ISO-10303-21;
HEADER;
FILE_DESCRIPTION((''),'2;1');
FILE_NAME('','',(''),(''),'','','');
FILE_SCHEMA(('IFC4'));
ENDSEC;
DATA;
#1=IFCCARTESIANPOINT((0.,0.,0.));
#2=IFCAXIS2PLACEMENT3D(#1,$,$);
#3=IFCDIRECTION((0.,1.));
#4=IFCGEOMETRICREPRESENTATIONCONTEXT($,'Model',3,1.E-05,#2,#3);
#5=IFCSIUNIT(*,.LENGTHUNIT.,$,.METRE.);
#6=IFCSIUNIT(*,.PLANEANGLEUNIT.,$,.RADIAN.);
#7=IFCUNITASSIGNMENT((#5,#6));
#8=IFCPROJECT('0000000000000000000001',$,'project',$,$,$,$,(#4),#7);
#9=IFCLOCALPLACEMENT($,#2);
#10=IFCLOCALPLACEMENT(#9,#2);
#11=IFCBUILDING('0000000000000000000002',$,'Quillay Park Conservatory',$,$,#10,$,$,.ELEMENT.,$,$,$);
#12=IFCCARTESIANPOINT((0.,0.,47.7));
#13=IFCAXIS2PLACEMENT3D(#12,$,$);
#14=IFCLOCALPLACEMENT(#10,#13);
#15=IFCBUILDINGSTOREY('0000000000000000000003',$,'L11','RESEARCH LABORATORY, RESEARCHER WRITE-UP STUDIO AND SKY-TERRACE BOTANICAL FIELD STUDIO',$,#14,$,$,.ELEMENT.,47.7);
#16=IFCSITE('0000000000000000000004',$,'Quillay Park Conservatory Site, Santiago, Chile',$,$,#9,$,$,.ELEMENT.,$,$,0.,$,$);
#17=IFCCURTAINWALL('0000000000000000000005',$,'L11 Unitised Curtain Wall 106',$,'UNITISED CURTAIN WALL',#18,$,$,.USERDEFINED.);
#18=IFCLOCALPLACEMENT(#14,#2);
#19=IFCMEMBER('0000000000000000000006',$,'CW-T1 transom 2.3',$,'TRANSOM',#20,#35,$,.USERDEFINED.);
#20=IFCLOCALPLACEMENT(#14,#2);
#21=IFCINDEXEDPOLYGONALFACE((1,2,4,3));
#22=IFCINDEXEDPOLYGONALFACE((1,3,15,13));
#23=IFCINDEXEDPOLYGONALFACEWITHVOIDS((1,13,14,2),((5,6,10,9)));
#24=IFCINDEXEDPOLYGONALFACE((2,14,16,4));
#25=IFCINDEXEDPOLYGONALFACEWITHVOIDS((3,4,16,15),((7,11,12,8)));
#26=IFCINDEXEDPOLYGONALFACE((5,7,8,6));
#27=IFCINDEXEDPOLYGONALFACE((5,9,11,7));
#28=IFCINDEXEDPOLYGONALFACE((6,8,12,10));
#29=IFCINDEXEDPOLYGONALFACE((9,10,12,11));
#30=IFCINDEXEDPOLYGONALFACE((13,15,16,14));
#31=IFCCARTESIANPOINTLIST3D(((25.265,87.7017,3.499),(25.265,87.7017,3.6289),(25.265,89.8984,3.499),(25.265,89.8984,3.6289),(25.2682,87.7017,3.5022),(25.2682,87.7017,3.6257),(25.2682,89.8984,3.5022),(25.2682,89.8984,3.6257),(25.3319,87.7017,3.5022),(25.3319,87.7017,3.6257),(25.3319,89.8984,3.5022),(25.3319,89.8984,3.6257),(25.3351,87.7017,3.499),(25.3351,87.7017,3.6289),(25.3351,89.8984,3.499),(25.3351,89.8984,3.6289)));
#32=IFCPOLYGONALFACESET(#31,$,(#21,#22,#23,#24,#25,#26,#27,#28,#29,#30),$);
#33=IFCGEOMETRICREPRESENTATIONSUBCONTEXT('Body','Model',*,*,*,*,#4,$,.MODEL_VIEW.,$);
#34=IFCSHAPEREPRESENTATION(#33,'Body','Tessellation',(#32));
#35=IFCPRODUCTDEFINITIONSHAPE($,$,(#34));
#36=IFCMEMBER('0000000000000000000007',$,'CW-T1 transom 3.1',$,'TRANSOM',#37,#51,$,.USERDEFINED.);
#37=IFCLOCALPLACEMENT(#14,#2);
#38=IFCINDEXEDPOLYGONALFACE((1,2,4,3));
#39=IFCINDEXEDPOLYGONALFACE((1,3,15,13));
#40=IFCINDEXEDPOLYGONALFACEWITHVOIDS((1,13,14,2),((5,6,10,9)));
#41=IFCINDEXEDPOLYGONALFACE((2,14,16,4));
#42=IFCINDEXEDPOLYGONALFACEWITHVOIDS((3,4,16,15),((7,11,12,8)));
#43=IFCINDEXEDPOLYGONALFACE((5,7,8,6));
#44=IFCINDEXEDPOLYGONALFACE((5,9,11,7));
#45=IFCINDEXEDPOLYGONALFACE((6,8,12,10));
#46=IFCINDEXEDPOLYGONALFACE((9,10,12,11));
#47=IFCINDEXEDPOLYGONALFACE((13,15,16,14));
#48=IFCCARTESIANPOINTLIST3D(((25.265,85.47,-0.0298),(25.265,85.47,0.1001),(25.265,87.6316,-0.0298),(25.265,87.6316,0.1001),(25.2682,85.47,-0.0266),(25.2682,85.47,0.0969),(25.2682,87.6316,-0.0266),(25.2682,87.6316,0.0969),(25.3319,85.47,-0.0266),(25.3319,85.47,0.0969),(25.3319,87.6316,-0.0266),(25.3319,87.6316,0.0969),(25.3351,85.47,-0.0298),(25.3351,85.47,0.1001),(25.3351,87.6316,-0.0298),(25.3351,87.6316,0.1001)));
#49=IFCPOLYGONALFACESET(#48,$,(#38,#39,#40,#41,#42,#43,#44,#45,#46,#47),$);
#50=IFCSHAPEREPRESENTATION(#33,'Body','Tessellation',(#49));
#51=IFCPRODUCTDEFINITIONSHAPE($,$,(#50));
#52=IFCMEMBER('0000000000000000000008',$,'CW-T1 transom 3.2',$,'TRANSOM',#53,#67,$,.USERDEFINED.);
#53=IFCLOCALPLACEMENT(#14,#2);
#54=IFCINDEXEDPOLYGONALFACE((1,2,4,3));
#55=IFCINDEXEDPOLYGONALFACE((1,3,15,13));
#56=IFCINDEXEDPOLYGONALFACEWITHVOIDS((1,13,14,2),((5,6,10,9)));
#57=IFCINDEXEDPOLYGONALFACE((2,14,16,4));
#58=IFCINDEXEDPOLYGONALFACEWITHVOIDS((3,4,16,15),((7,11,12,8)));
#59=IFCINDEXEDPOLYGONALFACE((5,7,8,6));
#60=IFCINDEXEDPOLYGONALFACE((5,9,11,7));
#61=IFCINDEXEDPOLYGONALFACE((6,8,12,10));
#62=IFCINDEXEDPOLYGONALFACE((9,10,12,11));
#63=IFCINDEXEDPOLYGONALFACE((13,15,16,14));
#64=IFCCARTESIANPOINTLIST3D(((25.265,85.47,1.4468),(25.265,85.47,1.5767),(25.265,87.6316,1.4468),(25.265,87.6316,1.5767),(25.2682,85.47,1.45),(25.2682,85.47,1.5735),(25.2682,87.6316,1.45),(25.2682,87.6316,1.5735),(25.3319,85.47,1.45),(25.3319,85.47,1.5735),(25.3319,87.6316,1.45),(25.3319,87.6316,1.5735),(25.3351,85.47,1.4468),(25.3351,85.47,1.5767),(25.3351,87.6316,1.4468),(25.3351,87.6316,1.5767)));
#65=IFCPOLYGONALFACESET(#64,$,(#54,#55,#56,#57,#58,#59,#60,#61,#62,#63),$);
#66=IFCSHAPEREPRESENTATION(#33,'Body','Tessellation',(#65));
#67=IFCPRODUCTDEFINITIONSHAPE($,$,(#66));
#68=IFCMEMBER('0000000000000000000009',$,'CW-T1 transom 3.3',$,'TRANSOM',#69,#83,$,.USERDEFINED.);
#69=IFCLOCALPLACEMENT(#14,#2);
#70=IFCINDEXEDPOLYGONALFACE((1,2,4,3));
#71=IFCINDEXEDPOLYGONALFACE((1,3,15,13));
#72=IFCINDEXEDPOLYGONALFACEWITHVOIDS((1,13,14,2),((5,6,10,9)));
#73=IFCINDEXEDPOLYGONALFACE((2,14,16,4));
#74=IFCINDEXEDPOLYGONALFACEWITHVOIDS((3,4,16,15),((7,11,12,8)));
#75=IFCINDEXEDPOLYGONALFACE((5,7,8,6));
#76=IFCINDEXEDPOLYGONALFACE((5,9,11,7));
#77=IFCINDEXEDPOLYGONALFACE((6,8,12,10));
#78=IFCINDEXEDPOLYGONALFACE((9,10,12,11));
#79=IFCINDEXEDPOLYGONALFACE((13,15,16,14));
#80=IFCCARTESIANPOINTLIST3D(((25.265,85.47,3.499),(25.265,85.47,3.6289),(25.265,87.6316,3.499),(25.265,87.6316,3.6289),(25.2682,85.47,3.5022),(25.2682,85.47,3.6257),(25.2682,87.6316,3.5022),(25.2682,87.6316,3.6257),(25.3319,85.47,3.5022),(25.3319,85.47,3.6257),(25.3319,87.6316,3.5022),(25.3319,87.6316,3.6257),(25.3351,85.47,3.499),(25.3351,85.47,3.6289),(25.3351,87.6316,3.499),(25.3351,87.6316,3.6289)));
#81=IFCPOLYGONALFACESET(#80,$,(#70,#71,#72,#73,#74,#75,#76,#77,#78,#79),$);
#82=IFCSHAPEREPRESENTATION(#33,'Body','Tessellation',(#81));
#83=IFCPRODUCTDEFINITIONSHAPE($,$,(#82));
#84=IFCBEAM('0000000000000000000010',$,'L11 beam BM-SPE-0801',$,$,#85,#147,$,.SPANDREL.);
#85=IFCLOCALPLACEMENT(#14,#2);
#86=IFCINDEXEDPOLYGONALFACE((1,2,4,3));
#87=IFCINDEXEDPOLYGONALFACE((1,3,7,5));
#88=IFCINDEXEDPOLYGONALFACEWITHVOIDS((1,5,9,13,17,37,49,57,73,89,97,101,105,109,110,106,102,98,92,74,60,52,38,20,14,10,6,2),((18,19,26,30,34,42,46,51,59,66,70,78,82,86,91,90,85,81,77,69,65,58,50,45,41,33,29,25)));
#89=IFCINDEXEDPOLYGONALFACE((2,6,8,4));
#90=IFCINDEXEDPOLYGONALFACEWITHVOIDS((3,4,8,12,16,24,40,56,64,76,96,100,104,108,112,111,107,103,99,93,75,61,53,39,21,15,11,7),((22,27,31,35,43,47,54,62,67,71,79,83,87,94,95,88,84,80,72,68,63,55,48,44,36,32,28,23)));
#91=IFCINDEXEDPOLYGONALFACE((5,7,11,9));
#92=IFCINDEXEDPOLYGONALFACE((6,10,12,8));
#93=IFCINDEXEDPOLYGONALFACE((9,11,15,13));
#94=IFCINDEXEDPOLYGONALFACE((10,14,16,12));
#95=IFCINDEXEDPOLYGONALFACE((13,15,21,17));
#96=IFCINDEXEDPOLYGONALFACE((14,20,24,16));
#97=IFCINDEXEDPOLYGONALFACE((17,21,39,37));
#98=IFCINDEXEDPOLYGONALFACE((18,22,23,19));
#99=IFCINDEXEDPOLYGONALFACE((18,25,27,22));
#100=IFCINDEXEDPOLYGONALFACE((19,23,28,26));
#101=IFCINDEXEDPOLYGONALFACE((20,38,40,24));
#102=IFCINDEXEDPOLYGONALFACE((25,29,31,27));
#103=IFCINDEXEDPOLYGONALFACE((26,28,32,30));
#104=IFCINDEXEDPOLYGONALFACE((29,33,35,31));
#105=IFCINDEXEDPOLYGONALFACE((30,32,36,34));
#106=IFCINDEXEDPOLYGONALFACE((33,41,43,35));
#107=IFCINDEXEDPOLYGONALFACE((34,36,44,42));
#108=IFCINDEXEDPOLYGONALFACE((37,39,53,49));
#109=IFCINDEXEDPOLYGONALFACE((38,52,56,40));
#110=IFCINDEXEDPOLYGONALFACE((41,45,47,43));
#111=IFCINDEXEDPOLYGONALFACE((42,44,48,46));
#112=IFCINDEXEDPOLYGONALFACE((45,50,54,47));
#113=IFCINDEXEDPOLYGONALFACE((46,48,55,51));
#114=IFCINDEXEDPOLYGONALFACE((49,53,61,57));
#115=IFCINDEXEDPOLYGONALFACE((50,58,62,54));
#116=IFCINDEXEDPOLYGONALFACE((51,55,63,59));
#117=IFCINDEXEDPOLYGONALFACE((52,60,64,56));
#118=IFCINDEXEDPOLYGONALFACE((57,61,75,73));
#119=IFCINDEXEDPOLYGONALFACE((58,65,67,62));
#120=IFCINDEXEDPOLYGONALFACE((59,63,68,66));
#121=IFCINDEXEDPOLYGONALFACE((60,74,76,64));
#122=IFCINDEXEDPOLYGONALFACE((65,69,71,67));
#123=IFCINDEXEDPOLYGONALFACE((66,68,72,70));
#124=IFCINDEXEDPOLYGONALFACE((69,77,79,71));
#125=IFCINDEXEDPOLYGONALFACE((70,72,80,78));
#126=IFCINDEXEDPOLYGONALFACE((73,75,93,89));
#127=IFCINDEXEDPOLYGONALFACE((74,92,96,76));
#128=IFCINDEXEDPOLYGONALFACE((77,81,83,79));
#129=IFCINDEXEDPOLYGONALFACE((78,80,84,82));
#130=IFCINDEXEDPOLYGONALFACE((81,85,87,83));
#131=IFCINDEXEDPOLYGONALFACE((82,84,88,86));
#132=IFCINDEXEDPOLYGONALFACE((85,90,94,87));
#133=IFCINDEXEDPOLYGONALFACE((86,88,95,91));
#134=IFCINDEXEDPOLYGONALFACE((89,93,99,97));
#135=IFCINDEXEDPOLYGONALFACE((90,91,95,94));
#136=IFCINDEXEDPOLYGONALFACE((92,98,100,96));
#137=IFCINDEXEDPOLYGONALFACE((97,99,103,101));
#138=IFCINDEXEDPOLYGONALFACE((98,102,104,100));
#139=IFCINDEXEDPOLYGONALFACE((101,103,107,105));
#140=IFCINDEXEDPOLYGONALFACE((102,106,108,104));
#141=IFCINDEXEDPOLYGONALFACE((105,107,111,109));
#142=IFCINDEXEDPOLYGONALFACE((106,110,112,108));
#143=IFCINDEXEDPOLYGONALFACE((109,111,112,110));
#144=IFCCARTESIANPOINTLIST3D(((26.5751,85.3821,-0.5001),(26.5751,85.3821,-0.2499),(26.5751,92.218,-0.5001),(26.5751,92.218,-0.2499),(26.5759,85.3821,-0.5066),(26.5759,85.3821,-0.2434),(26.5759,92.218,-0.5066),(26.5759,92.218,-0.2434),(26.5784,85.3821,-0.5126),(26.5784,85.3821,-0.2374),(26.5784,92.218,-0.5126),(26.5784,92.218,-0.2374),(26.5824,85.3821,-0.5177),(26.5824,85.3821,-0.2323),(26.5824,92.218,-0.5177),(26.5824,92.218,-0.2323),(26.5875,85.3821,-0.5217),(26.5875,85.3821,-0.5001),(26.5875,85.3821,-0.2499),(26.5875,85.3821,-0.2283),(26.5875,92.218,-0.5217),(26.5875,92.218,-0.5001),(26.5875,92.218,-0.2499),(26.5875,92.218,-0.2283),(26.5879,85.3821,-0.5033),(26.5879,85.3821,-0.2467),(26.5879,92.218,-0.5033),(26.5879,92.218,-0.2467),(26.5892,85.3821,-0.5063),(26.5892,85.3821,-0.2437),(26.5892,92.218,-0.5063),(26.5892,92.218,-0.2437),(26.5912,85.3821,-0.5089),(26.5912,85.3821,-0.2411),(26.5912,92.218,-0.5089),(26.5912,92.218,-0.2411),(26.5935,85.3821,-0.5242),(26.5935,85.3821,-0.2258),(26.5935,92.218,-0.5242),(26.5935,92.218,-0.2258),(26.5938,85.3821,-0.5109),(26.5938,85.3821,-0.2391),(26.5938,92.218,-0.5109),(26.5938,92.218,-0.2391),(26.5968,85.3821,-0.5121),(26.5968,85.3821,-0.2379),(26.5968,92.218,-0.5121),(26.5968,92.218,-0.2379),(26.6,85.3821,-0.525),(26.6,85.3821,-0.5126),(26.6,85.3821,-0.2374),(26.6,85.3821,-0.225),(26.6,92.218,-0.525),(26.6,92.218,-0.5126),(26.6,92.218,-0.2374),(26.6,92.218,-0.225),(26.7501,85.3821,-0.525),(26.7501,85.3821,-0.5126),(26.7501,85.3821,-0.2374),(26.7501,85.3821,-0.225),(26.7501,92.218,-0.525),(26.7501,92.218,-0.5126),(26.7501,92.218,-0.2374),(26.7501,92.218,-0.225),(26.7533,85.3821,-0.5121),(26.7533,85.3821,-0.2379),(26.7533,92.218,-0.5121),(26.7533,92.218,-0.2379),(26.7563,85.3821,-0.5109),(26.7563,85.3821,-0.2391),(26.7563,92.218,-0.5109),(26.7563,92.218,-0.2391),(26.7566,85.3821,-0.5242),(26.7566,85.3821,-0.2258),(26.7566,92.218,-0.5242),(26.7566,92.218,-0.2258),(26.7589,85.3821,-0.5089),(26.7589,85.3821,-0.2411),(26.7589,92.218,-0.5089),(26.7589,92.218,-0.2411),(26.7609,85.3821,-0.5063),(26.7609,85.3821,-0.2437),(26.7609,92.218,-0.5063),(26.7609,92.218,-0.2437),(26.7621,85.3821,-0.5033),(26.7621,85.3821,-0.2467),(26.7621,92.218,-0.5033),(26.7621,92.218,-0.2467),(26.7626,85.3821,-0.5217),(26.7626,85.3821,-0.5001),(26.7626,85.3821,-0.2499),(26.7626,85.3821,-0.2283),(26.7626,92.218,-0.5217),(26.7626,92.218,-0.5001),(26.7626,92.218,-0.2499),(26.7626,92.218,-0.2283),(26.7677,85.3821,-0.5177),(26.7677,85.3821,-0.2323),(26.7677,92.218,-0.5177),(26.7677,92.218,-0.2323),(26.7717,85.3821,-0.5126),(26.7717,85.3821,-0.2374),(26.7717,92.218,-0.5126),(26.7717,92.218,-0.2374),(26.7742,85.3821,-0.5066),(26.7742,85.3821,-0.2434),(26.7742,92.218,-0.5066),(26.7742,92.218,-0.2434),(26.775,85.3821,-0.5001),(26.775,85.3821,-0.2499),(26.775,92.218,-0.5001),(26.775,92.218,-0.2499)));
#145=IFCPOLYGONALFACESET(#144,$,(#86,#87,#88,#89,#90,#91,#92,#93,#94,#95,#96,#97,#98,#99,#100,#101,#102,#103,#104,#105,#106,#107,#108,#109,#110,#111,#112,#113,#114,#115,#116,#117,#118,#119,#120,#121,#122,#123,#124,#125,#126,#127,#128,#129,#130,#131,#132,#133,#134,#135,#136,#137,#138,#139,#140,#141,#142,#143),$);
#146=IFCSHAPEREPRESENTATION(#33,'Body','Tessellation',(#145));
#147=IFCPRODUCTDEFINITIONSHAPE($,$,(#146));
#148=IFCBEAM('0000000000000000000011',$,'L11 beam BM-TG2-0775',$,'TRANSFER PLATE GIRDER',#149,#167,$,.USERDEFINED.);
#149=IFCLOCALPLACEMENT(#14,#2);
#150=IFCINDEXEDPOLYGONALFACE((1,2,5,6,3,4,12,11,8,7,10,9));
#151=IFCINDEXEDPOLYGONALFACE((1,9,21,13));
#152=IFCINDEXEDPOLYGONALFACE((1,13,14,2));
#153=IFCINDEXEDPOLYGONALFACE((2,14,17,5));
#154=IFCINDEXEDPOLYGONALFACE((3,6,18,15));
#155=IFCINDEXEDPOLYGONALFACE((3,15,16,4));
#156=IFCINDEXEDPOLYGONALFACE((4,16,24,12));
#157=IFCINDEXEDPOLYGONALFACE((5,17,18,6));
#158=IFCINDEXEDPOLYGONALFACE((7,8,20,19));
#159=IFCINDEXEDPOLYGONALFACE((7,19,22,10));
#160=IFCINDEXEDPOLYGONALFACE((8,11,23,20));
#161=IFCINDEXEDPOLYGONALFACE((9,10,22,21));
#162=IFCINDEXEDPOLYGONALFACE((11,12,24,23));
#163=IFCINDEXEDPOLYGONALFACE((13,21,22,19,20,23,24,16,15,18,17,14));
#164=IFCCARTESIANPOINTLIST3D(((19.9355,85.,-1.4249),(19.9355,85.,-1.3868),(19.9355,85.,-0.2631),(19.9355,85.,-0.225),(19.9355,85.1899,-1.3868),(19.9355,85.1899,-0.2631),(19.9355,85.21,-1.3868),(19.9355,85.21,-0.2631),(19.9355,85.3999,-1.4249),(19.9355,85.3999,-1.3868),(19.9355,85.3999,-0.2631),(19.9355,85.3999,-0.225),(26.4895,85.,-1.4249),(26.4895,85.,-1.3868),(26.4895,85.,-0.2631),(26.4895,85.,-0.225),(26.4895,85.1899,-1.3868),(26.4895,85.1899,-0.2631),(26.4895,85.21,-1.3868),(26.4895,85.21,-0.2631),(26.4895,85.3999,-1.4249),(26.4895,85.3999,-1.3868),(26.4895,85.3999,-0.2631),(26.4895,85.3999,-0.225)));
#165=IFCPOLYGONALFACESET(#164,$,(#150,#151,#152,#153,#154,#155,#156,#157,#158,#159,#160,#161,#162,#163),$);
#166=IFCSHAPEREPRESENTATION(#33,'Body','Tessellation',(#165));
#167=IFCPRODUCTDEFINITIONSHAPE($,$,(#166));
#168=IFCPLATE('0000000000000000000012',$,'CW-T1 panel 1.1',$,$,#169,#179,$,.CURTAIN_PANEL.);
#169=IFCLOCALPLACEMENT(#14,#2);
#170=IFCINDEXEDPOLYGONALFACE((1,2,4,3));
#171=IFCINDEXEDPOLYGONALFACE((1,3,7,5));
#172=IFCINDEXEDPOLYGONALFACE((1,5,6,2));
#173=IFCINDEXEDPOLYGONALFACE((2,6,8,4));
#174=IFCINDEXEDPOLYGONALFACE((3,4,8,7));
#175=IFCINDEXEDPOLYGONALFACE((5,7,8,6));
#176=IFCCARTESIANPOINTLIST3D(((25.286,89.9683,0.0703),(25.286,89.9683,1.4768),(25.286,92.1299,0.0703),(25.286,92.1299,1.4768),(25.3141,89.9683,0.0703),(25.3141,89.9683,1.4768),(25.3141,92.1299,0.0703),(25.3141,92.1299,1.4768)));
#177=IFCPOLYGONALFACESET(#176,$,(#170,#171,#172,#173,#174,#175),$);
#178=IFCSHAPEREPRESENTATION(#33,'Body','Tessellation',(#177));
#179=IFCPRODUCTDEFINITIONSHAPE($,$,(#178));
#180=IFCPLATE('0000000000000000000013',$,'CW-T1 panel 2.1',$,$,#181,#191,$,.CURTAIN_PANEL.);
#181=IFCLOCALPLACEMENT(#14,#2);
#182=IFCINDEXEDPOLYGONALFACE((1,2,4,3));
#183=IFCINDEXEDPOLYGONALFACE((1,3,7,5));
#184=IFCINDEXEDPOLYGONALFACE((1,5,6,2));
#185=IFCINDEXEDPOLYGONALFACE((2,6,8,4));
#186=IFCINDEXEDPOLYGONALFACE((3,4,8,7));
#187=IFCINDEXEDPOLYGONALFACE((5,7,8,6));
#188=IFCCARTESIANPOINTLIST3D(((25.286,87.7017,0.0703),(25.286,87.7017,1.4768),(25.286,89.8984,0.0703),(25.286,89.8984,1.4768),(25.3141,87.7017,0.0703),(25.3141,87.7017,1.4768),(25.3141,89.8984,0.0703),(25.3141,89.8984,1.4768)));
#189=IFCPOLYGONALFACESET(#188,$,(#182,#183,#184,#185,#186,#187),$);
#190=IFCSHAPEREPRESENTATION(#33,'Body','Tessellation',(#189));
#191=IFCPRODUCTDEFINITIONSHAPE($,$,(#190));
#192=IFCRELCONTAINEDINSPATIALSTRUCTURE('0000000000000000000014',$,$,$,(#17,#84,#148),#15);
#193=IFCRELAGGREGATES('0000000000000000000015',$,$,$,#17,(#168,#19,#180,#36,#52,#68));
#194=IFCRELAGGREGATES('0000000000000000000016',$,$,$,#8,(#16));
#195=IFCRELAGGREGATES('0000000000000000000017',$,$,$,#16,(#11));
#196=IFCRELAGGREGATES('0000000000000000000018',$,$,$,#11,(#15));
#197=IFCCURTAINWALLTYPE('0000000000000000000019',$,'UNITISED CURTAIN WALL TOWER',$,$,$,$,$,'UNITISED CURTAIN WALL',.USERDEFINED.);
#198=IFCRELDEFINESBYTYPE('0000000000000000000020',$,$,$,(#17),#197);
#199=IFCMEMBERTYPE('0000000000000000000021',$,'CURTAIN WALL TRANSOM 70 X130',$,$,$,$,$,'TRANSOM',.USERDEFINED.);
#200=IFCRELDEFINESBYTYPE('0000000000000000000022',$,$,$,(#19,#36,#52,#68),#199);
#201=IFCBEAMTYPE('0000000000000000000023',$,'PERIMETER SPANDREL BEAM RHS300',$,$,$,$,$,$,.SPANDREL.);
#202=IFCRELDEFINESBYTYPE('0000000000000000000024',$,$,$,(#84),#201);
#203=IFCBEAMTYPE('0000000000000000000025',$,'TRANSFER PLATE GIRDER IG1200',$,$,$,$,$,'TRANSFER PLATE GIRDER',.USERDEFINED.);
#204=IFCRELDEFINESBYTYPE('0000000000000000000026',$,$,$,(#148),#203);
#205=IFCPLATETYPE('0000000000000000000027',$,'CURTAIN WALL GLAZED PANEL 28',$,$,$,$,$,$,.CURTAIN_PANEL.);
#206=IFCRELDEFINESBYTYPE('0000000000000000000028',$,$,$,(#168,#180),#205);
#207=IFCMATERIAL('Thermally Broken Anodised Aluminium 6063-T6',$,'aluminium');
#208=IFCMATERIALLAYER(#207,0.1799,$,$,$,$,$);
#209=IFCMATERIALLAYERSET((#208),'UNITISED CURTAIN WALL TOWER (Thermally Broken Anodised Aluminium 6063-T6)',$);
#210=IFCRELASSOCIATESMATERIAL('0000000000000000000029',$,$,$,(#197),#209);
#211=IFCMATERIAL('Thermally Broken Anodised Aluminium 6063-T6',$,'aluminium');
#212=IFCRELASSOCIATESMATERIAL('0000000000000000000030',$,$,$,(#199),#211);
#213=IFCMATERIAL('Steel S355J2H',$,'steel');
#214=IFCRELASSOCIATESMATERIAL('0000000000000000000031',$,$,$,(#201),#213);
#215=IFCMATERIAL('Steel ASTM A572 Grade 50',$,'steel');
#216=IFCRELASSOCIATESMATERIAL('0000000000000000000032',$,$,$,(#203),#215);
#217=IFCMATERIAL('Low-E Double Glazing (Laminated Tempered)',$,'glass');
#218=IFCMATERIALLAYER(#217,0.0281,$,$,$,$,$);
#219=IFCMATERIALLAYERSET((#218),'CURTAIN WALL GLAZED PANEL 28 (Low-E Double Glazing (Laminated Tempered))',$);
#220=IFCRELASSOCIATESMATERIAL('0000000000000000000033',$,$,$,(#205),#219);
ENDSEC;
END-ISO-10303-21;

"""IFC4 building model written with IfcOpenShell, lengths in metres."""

from ifc_helpers import new_model, si_unit, direction, frame, origin, origin_2d, place, context, subcontext, project, spatial, rectangle, hollow_rectangle, i_section, extrude, material, layer, layer_set, material_profile, profile_set, type_object, element, aggregate, save


model = new_model("IFC4")

# Units and contexts
model_context = context("Model", 3, precision=1e-05, world=origin(), true_north=direction((0.0, 1.0)))
body_context = subcontext(model_context, "Body", "Model", "MODEL_VIEW")
ifc_project = project(units=[si_unit("LENGTHUNIT", "METRE"), si_unit("PLANEANGLEUNIT", "RADIAN")], contexts=[model_context])

# Site, building, storey
site_placement = place(None, origin())
site = spatial("IfcSite", under=ifc_project, at=site_placement, Name="Quillay Park Conservatory Site, Santiago, Chile", CompositionType="ELEMENT", RefElevation=0.0)
building_placement = place(site_placement, origin())
building = spatial("IfcBuilding", under=site, at=building_placement, Name="Quillay Park Conservatory", CompositionType="ELEMENT")
storey_placement = place(building_placement, frame((0.0, 0.0, 47.7)))
storey = spatial("IfcBuildingStorey", under=building, at=storey_placement, Name="L11", Description="RESEARCH LABORATORY, RESEARCHER WRITE-UP STUDIO AND SKY-TERRACE BOTANICAL FIELD STUDIO", CompositionType="ELEMENT", Elevation=47.7)

# Curtain wall, members
ifc_material_1 = material(Name="Thermally Broken Anodised Aluminium 6063-T6", Category="aluminium")
ifc_layer_1 = layer(ifc_material_1, 0.1799)
ifc_layer_set_1 = layer_set([ifc_layer_1], Name="UNITISED CURTAIN WALL TOWER (Thermally Broken Anodised Aluminium 6063-T6)")
curtain_wall_type = type_object("IfcCurtainWallType", Name="UNITISED CURTAIN WALL TOWER", ElementType="UNITISED CURTAIN WALL", PredefinedType="USERDEFINED", material=ifc_layer_set_1)
curtain_wall_placement = place(storey_placement, origin())
curtain_wall = element("IfcCurtainWall", 1, at=curtain_wall_placement, inside=storey, type_object=curtain_wall_type, Name="L11 Unitised Curtain Wall 106", ObjectType="UNITISED CURTAIN WALL", PredefinedType="USERDEFINED")
ifc_material_2 = material(Name="Thermally Broken Anodised Aluminium 6063-T6", Category="aluminium")
ifc_material_profile_1 = material_profile(ifc_material_2, hollow_rectangle(XDim=0.0701, YDim=0.1299, WallThickness=0.0032, at=origin_2d()), Name="AL70x130x3.2")
ifc_profile_set_1 = profile_set([ifc_material_profile_1], Name="Thermally Broken Anodised Aluminium 6063-T6")
member_type_1 = type_object("IfcMemberType", Name="CURTAIN WALL TRANSOM 70 X130", ElementType="TRANSOM", PredefinedType="USERDEFINED", material=ifc_profile_set_1)
member_1_placement = place(storey_placement, frame((25.3, 89.8984, 3.564), z_axis=(0.0, -1.0, 0.0), x_axis=(1.0, 0.0, 0.0)))
member_1 = element("IfcMember", 2, at=member_1_placement, type_object=member_type_1, Name="CW-T1 transom 2.3", ObjectType="TRANSOM", PredefinedType="USERDEFINED", context=body_context, shape_type="SweptSolid", body=[
    extrude(hollow_rectangle(XDim=0.0701, YDim=0.1299, WallThickness=0.0032, at=origin_2d()), origin(), (0.0, 0.0, 1.0), 2.1968),
])
member_2_placement = place(storey_placement, frame((25.3, 87.6316, 0.0352), z_axis=(0.0, -1.0, 0.0), x_axis=(1.0, 0.0, 0.0)))
member_2 = element("IfcMember", 3, at=member_2_placement, type_object=member_type_1, Name="CW-T1 transom 3.1", ObjectType="TRANSOM", PredefinedType="USERDEFINED", context=body_context, shape_type="SweptSolid", body=[
    extrude(hollow_rectangle(XDim=0.0701, YDim=0.1299, WallThickness=0.0032, at=origin_2d()), origin(), (0.0, 0.0, 1.0), 2.1616),
])
member_3_placement = place(storey_placement, frame((25.3, 87.6316, 1.5117), z_axis=(0.0, -1.0, 0.0), x_axis=(1.0, 0.0, 0.0)))
member_3 = element("IfcMember", 4, at=member_3_placement, type_object=member_type_1, Name="CW-T1 transom 3.2", ObjectType="TRANSOM", PredefinedType="USERDEFINED", context=body_context, shape_type="SweptSolid", body=[
    extrude(hollow_rectangle(XDim=0.0701, YDim=0.1299, WallThickness=0.0032, at=origin_2d()), origin(), (0.0, 0.0, 1.0), 2.1616),
])
member_4_placement = place(storey_placement, frame((25.3, 87.6316, 3.564), z_axis=(0.0, -1.0, 0.0), x_axis=(1.0, 0.0, 0.0)))
member_4 = element("IfcMember", 5, at=member_4_placement, type_object=member_type_1, Name="CW-T1 transom 3.3", ObjectType="TRANSOM", PredefinedType="USERDEFINED", context=body_context, shape_type="SweptSolid", body=[
    extrude(hollow_rectangle(XDim=0.0701, YDim=0.1299, WallThickness=0.0032, at=origin_2d()), origin(), (0.0, 0.0, 1.0), 2.1616),
])

# Beams
ifc_material_3 = material(Name="Steel S355J2H", Category="steel")
ifc_material_profile_2 = material_profile(ifc_material_3, hollow_rectangle(XDim=0.2, YDim=0.3, WallThickness=0.0125, InnerFilletRadius=0.0125, OuterFilletRadius=0.0249, at=origin_2d()), Name="RHS300x200x12.5")
ifc_profile_set_2 = profile_set([ifc_material_profile_2], Name="Steel S355J2H")
beam_type_1 = type_object("IfcBeamType", Name="PERIMETER SPANDREL BEAM RHS300", PredefinedType="SPANDREL", material=ifc_profile_set_2)
beam_1_placement = place(storey_placement, frame((26.675, 85.3821, -0.375), z_axis=(0.0, 1.0, 0.0), x_axis=(-1.0, 0.0, 0.0)))
element("IfcBeam", 6, at=beam_1_placement, inside=storey, type_object=beam_type_1, Name="L11 beam BM-SPE-0801", PredefinedType="SPANDREL", context=body_context, shape_type="SweptSolid", body=[
    extrude(hollow_rectangle(XDim=0.2, YDim=0.3, WallThickness=0.0125, InnerFilletRadius=0.0125, OuterFilletRadius=0.0249, at=origin_2d()), origin(), (0.0, 0.0, 1.0), 6.8359),
])
ifc_material_4 = material(Name="Steel ASTM A572 Grade 50", Category="steel")
ifc_material_profile_3 = material_profile(ifc_material_4, i_section(OverallWidth=0.3999, OverallDepth=1.2, WebThickness=0.02, FlangeThickness=0.0381, at=origin_2d()), Name="IG1200x400")
ifc_profile_set_3 = profile_set([ifc_material_profile_3], Name="Steel ASTM A572 Grade 50")
beam_type_2 = type_object("IfcBeamType", Name="TRANSFER PLATE GIRDER IG1200", ElementType="TRANSFER PLATE GIRDER", PredefinedType="USERDEFINED", material=ifc_profile_set_3)
beam_2_placement = place(storey_placement, frame((19.9355, 85.2, -0.825), z_axis=(1.0, 0.0, 0.0), x_axis=(0.0, 1.0, 0.0)))
element("IfcBeam", 7, at=beam_2_placement, inside=storey, type_object=beam_type_2, Name="L11 beam BM-TG2-0775", ObjectType="TRANSFER PLATE GIRDER", PredefinedType="USERDEFINED", context=body_context, shape_type="SweptSolid", body=[
    extrude(i_section(OverallWidth=0.3999, OverallDepth=1.2, WebThickness=0.02, FlangeThickness=0.0381, at=origin_2d()), origin(), (0.0, 0.0, 1.0), 6.554),
])

# Plates
ifc_material_5 = material(Name="Low-E Double Glazing (Laminated Tempered)", Category="glass")
ifc_layer_2 = layer(ifc_material_5, 0.0281)
ifc_layer_set_2 = layer_set([ifc_layer_2], Name="CURTAIN WALL GLAZED PANEL 28 (Low-E Double Glazing (Laminated Tempered))")
plate_type_1 = type_object("IfcPlateType", Name="CURTAIN WALL GLAZED PANEL 28", PredefinedType="CURTAIN_PANEL", material=ifc_layer_set_2)
plate_1_placement = place(storey_placement, frame((25.3, 91.0491, 0.0703), z_axis=(0.0, 0.0, 1.0), x_axis=(0.0, -1.0, 0.0)))
plate_1 = element("IfcPlate", 8, at=plate_1_placement, type_object=plate_type_1, Name="CW-T1 panel 1.1", PredefinedType="CURTAIN_PANEL", context=body_context, shape_type="SweptSolid", body=[
    extrude(rectangle(XDim=2.1616, YDim=0.0281, at=origin_2d()), origin(), (0.0, 0.0, 1.0), 1.4065),
])
plate_2_placement = place(storey_placement, frame((25.3, 88.8, 0.0703), z_axis=(0.0, 0.0, 1.0), x_axis=(0.0, -1.0, 0.0)))
plate_2 = element("IfcPlate", 9, at=plate_2_placement, type_object=plate_type_1, Name="CW-T1 panel 2.1", PredefinedType="CURTAIN_PANEL", context=body_context, shape_type="SweptSolid", body=[
    extrude(rectangle(XDim=2.1968, YDim=0.0281, at=origin_2d()), origin(), (0.0, 0.0, 1.0), 1.4065),
])
aggregate(curtain_wall, [plate_1, member_1, plate_2, member_2, member_3, member_4])

save(model, "model.ifc")
